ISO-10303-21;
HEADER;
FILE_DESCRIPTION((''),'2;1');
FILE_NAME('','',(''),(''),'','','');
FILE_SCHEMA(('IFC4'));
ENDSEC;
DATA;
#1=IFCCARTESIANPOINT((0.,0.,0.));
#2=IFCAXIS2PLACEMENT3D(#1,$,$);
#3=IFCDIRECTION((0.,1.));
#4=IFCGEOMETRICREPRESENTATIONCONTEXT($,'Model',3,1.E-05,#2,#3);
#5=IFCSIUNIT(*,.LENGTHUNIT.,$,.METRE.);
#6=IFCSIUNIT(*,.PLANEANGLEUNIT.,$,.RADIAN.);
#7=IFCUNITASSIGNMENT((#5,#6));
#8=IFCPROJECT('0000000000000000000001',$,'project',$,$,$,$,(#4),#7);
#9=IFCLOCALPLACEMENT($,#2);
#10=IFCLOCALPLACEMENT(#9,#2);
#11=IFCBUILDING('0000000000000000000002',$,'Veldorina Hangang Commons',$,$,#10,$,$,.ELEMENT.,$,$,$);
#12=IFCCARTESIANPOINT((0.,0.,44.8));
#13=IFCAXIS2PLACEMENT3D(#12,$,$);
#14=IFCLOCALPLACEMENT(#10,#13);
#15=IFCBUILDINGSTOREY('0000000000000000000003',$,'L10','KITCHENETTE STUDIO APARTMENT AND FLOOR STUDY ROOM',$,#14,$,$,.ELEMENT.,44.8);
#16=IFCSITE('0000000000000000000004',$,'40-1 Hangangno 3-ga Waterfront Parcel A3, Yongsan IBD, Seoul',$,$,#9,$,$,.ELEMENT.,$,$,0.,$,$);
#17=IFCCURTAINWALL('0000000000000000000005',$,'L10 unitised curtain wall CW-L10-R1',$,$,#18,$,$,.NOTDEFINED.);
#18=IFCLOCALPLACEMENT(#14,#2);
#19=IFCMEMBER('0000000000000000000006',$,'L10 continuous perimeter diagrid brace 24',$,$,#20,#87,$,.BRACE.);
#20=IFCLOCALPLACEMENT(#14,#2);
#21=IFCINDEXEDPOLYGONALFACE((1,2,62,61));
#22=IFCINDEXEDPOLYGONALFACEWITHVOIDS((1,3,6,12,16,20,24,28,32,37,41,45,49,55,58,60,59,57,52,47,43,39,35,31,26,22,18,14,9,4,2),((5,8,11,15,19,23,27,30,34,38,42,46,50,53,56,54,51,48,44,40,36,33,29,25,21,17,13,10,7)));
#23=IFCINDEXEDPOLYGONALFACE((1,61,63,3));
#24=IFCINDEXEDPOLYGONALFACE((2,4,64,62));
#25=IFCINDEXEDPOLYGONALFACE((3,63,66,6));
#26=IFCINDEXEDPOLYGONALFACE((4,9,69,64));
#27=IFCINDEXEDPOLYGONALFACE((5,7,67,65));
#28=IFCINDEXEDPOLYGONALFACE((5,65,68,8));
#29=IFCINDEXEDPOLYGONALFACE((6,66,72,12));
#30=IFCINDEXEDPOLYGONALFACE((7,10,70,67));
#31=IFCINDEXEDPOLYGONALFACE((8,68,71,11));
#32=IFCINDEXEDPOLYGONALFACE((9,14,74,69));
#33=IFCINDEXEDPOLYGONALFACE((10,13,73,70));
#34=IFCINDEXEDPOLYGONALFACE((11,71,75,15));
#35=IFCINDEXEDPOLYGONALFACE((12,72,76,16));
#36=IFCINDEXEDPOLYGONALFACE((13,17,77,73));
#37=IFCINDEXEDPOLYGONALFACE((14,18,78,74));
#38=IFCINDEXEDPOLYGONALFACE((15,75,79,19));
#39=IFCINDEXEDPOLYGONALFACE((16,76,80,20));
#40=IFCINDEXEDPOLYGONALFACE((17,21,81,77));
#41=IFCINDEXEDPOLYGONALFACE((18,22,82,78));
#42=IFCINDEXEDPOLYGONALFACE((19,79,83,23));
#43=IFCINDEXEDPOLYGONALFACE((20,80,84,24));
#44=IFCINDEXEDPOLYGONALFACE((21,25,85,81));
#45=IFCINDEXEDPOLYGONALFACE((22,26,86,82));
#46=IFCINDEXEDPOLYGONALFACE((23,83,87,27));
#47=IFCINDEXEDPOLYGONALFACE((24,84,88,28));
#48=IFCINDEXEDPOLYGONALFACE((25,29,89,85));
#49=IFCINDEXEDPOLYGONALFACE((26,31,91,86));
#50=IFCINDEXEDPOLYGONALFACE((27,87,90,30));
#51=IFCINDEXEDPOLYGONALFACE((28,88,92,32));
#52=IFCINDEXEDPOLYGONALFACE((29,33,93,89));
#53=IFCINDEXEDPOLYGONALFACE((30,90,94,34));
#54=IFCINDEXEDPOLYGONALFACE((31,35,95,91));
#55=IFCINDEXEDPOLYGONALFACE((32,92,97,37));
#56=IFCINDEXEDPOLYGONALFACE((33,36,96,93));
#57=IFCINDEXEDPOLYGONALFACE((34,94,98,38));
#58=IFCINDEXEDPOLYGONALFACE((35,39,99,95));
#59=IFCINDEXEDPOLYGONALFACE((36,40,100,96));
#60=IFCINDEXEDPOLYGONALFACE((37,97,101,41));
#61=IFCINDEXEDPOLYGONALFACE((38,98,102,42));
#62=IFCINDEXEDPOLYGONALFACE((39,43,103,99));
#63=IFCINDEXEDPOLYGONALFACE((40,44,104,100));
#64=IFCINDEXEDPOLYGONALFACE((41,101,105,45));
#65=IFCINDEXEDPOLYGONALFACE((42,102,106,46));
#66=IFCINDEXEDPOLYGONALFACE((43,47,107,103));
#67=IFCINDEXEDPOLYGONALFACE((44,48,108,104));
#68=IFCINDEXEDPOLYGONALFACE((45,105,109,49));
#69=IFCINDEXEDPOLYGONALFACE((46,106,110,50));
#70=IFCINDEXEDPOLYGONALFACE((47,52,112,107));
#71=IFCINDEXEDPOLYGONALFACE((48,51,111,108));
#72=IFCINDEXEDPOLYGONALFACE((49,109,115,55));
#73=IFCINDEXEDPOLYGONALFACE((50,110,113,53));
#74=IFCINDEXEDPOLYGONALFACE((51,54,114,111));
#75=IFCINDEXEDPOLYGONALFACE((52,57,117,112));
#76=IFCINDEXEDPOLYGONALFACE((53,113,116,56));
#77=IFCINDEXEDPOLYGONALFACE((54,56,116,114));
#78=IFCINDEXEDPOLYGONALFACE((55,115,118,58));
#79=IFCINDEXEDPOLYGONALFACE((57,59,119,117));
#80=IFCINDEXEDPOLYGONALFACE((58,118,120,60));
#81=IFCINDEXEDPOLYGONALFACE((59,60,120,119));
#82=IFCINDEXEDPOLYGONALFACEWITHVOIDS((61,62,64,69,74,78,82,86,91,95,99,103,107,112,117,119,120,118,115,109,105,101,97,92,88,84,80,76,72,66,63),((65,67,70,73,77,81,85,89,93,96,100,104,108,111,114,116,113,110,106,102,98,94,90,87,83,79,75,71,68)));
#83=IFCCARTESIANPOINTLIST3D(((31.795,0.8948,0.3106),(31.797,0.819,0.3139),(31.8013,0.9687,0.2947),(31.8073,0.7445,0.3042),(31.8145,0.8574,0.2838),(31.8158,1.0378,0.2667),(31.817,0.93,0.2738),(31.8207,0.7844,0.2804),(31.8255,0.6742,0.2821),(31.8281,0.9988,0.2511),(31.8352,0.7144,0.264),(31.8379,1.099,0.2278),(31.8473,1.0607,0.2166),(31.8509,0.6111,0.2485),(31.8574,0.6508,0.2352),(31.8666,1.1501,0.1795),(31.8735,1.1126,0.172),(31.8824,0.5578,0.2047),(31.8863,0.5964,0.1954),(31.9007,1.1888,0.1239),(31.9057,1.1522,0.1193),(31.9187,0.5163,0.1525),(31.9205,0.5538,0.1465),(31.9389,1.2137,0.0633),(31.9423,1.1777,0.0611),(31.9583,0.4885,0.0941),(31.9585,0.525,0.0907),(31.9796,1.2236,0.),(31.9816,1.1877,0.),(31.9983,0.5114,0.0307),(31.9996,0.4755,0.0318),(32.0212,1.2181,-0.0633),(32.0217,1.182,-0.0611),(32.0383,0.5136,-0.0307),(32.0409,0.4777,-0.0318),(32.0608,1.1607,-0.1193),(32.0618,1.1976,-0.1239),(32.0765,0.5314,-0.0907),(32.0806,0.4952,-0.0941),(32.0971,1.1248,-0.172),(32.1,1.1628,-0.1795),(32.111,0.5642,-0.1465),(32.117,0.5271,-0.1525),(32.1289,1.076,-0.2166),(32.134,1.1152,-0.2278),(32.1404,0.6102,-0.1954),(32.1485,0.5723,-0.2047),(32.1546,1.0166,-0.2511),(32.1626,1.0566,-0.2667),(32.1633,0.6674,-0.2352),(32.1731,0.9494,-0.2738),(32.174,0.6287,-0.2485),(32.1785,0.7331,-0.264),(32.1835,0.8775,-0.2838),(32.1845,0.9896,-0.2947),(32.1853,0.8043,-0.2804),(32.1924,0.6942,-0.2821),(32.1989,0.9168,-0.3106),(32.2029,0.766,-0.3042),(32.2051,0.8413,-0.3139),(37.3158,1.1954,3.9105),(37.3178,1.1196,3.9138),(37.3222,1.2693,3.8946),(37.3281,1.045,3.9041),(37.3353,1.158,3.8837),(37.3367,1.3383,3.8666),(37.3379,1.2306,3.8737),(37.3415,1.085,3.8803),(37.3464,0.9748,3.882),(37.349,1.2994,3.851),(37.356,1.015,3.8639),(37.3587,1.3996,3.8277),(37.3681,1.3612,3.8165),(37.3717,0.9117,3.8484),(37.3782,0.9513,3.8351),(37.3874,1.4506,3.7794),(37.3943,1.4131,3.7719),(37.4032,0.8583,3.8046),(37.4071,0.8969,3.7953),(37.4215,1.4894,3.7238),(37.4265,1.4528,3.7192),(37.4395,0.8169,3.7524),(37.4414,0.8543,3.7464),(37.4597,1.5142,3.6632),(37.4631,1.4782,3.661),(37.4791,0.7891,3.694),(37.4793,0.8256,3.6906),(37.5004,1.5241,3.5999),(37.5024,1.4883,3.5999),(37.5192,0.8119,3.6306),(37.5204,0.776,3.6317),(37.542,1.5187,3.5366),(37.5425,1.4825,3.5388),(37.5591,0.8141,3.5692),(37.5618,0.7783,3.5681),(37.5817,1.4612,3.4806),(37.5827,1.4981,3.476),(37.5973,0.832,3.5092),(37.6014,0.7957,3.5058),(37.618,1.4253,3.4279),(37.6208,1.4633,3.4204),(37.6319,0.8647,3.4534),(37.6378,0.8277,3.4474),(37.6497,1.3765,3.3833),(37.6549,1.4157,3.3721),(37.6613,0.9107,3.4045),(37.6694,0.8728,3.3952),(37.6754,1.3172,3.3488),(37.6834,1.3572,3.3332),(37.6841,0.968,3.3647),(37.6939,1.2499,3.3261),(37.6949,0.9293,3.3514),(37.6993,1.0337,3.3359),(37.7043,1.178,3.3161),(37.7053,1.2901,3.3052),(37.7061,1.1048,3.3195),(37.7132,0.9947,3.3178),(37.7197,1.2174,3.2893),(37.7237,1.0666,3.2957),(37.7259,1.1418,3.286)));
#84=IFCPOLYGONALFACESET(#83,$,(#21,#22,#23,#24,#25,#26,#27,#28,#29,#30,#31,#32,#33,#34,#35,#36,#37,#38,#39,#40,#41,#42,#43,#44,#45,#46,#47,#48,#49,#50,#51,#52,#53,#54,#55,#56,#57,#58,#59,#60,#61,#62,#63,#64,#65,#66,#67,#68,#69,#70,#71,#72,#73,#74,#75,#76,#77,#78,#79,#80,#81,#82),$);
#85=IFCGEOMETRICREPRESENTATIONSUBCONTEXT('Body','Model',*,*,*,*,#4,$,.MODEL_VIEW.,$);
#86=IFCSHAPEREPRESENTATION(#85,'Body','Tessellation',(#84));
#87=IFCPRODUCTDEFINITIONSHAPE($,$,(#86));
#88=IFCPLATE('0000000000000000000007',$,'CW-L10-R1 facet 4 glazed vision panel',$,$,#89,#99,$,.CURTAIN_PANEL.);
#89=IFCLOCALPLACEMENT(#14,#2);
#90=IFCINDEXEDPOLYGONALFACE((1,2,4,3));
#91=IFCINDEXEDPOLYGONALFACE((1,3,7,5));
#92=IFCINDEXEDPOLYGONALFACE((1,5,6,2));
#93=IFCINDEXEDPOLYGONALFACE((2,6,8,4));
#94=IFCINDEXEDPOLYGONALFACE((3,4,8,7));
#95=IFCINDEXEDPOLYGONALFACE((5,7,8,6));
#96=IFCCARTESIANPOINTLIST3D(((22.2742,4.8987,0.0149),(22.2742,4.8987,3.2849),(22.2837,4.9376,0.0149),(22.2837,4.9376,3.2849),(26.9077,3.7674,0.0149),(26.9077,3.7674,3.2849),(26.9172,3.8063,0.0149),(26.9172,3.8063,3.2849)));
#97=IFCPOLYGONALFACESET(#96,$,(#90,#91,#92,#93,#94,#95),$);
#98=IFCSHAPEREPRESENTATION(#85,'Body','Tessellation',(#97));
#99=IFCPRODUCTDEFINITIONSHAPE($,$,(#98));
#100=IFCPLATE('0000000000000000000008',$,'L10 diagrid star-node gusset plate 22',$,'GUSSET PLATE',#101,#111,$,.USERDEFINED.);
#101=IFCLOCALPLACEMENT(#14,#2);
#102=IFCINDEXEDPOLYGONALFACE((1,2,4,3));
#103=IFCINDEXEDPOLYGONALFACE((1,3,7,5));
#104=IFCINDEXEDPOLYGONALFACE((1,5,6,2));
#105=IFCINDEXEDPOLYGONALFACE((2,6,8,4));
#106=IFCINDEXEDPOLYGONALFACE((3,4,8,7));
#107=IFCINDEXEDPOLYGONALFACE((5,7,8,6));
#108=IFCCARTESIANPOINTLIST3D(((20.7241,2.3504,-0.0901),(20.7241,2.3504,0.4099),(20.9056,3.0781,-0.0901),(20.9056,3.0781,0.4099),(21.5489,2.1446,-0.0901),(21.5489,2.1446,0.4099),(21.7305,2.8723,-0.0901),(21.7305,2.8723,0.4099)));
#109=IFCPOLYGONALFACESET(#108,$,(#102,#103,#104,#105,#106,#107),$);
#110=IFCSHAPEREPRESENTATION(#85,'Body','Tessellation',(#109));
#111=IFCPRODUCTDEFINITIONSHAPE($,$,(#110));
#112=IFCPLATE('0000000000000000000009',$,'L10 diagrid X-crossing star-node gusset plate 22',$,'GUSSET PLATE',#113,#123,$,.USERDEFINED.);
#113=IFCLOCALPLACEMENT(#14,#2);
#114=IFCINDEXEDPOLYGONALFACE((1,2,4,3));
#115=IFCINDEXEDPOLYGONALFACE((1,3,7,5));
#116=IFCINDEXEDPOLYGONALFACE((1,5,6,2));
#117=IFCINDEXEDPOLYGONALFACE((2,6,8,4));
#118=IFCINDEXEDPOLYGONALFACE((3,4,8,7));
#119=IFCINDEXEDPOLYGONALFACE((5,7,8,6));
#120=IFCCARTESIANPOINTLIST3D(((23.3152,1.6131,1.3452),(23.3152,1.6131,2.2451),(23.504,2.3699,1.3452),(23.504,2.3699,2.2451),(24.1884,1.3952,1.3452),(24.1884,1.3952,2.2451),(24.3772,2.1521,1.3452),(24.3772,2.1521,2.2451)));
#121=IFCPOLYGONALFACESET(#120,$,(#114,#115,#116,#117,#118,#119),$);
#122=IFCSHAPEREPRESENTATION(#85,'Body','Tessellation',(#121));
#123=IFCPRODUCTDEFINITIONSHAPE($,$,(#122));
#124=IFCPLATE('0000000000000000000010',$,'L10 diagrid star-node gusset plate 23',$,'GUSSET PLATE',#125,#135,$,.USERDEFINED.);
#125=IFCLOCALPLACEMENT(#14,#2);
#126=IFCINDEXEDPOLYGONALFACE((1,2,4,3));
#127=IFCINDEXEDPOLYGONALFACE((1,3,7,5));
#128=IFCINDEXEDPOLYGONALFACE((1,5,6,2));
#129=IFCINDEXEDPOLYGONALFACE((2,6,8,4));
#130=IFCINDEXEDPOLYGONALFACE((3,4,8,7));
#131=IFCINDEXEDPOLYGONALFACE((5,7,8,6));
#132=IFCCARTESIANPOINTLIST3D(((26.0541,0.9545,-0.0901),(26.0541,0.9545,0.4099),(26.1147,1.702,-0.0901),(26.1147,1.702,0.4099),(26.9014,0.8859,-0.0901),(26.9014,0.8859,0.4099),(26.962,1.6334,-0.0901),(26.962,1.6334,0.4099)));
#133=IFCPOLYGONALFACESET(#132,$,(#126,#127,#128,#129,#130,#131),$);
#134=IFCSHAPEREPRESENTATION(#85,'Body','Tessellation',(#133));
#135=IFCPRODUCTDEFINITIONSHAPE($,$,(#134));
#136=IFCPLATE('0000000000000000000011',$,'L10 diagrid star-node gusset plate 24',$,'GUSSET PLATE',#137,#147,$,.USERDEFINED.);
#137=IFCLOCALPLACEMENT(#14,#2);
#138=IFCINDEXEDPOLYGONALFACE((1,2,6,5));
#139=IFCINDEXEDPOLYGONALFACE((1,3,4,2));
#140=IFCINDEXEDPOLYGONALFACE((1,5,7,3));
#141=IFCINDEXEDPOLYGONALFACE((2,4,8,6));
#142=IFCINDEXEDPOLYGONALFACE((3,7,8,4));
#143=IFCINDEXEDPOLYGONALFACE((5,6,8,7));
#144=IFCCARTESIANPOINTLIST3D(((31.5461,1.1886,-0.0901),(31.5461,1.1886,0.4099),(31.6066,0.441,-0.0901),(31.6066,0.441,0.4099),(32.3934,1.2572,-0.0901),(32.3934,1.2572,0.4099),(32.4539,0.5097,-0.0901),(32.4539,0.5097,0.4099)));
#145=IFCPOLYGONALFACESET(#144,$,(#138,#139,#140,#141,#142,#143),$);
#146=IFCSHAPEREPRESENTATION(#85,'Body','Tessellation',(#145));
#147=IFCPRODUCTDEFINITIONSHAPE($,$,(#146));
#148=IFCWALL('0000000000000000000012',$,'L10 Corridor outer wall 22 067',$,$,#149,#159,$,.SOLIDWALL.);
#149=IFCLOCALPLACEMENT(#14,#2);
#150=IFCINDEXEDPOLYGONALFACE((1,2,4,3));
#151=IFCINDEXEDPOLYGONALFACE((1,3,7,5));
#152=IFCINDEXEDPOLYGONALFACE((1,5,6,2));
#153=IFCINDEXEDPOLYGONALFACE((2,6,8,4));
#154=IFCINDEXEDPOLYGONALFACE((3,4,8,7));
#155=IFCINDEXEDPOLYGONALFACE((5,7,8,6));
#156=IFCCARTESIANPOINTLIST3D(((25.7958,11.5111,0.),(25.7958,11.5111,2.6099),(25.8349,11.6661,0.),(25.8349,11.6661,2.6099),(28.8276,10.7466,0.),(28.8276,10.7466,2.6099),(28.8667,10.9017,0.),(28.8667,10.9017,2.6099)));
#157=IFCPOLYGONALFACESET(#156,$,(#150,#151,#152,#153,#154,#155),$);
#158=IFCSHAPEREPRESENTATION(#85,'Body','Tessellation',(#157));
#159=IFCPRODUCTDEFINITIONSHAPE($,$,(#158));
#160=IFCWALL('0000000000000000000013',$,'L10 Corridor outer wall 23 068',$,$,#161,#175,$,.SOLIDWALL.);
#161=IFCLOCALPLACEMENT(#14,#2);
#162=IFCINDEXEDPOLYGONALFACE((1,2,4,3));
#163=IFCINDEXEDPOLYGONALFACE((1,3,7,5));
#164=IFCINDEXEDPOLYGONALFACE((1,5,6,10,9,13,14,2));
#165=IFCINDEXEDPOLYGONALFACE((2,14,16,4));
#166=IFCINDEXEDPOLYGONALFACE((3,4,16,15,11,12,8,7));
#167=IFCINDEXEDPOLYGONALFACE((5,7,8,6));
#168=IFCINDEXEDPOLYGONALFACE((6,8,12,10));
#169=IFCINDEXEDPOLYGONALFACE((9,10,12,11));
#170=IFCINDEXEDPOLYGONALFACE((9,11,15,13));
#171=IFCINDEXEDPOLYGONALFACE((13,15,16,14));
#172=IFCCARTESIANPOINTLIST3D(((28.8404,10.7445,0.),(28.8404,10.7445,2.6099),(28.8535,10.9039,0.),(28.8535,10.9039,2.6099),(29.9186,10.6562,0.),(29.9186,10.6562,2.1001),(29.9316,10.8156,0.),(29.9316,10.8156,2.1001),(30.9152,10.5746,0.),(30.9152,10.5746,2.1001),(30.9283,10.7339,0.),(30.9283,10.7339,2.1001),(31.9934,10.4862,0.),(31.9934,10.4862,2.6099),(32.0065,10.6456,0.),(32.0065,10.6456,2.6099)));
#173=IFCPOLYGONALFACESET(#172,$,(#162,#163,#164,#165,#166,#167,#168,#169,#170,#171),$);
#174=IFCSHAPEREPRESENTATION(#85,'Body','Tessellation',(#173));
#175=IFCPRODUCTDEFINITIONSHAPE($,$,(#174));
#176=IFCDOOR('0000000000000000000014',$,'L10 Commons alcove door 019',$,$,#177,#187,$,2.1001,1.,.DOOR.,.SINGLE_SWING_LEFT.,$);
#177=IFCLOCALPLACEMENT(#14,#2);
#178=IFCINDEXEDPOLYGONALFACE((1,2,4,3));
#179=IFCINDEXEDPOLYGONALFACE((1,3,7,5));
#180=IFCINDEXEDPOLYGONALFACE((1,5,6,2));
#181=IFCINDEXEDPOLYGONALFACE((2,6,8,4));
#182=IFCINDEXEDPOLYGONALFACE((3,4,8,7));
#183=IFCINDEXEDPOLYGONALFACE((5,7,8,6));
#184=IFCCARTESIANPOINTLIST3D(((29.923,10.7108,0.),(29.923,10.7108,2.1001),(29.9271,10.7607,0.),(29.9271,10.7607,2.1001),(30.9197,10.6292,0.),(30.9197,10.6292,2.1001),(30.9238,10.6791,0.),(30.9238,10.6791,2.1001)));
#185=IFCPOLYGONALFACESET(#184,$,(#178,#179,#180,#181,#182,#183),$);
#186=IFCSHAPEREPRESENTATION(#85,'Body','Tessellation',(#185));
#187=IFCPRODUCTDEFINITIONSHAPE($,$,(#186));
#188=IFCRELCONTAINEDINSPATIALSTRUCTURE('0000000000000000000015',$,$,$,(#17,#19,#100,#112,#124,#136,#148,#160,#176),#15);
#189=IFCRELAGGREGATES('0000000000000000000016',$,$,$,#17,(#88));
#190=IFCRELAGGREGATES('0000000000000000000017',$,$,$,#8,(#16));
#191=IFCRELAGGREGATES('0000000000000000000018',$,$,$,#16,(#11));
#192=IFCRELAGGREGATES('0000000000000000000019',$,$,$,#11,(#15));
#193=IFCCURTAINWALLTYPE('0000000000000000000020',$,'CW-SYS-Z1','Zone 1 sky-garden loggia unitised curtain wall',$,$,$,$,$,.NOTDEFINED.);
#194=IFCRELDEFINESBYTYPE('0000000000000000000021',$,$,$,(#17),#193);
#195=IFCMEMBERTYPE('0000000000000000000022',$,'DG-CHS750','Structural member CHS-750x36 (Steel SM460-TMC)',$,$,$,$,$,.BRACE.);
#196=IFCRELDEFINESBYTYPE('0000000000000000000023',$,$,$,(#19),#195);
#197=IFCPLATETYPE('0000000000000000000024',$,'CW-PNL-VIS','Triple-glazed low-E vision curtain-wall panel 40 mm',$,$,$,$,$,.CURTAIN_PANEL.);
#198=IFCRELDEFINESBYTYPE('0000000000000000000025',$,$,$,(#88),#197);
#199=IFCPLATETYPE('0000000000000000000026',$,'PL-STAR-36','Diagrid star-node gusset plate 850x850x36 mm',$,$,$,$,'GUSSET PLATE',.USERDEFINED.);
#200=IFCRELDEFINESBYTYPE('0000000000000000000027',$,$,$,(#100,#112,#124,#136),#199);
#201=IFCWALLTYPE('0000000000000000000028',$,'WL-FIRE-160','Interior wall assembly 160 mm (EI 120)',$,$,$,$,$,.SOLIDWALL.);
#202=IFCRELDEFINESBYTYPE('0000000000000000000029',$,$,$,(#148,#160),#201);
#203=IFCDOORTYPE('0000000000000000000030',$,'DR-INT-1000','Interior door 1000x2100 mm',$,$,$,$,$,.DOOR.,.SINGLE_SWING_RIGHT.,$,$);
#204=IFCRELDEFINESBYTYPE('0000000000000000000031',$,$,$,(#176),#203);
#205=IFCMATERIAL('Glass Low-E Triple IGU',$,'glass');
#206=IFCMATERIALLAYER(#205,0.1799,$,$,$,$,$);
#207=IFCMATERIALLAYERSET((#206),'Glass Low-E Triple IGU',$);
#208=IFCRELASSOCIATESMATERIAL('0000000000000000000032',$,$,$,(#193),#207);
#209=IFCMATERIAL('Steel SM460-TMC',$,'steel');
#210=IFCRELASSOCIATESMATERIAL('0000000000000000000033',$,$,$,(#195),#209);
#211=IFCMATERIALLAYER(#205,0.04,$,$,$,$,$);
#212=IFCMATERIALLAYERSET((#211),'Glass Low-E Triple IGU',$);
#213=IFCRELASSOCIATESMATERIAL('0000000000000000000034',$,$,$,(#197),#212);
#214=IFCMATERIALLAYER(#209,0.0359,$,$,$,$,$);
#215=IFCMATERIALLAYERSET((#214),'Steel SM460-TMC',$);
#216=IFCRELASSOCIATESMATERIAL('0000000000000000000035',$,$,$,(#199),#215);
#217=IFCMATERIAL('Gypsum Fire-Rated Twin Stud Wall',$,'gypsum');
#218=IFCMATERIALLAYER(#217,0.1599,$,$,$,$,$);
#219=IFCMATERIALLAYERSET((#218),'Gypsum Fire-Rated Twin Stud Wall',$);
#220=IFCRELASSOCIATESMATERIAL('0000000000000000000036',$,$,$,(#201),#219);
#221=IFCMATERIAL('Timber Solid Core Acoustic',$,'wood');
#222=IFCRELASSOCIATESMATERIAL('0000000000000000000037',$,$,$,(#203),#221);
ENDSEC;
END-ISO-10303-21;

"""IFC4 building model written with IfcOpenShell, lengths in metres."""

from ifc_helpers import new_model, si_unit, direction, frame, frame_2d, origin, origin_2d, place, context, subcontext, project, spatial, rectangle, hollow_circle, extrude, material, layer, layer_set, material_profile, profile_set, type_object, element, fill, aggregate, save


model = new_model("IFC4")

# Units and contexts
model_context = context("Model", 3, precision=1e-05, world=origin(), true_north=direction((0.0, 1.0)))
body_context = subcontext(model_context, "Body", "Model", "MODEL_VIEW")
ifc_project = project(units=[si_unit("LENGTHUNIT", "METRE"), si_unit("PLANEANGLEUNIT", "RADIAN")], contexts=[model_context])

# Site, building, storey
site_placement = place(None, origin())
site = spatial("IfcSite", under=ifc_project, at=site_placement, Name="40-1 Hangangno 3-ga Waterfront Parcel A3, Yongsan IBD, Seoul", CompositionType="ELEMENT", RefElevation=0.0)
building_placement = place(site_placement, origin())
building = spatial("IfcBuilding", under=site, at=building_placement, Name="Veldorina Hangang Commons", CompositionType="ELEMENT")
storey_placement = place(building_placement, frame((0.0, 0.0, 44.8)))
storey = spatial("IfcBuildingStorey", under=building, at=storey_placement, Name="L10", Description="KITCHENETTE STUDIO APARTMENT AND FLOOR STUDY ROOM", CompositionType="ELEMENT", Elevation=44.8)

# Shared definitions
ifc_material_1 = material(Name="Steel SM460-TMC", Category="steel")

# Curtain wall
ifc_material_2 = material(Name="Glass Low-E Triple IGU", Category="glass")
ifc_layer_1 = layer(ifc_material_2, 0.1799)
ifc_layer_set_1 = layer_set([ifc_layer_1], Name="Glass Low-E Triple IGU")
curtain_wall_type = type_object("IfcCurtainWallType", Name="CW-SYS-Z1", Description="Zone 1 sky-garden loggia unitised curtain wall", PredefinedType="NOTDEFINED", material=ifc_layer_set_1)
curtain_wall_placement = place(storey_placement, origin())
curtain_wall = element("IfcCurtainWall", 1, at=curtain_wall_placement, inside=storey, type_object=curtain_wall_type, Name="L10 unitised curtain wall CW-L10-R1", PredefinedType="NOTDEFINED")

# Member
ifc_material_profile_1 = material_profile(ifc_material_1, hollow_circle(Radius=0.375, WallThickness=0.0359, at=origin_2d()), Name="CHS-750x36")
ifc_profile_set_1 = profile_set([ifc_material_profile_1], Name="Steel SM460-TMC")
member_type_1 = type_object("IfcMemberType", Name="DG-CHS750", Description="Structural member CHS-750x36 (Steel SM460-TMC)", PredefinedType="BRACE", material=ifc_profile_set_1)
member_1_placement = place(storey_placement, frame((32.0, 0.8491, 0.0), z_axis=(0.836785, 0.045553, 0.545633), x_axis=(-0.054357, 0.998522, 0.0)))
element("IfcMember", 2, at=member_1_placement, inside=storey, type_object=member_type_1, Name="L10 continuous perimeter diagrid brace 24", PredefinedType="BRACE", context=body_context, shape_type="SweptSolid", body=[
    extrude(hollow_circle(Radius=0.375, WallThickness=0.0359, at=origin_2d()), origin(), (0.0, 0.0, 1.0), 6.5977),
])

# Plate
ifc_layer_2 = layer(ifc_material_2, 0.04)
ifc_layer_set_2 = layer_set([ifc_layer_2], Name="Glass Low-E Triple IGU")
plate_type_1 = type_object("IfcPlateType", Name="CW-PNL-VIS", Description="Triple-glazed low-E vision curtain-wall panel 40 mm", PredefinedType="CURTAIN_PANEL", material=ifc_layer_set_2)
plate_1_placement = place(storey_placement, frame((24.5957, 4.3525, 0.0149), z_axis=(0.0, 0.0, 1.0), x_axis=(0.971462, -0.237194, 0.0)))
plate_1 = element("IfcPlate", 3, at=plate_1_placement, type_object=plate_type_1, Name="CW-L10-R1 facet 4 glazed vision panel", PredefinedType="CURTAIN_PANEL", context=body_context, shape_type="SweptSolid", body=[
    extrude(rectangle(XDim=4.7695, YDim=0.04, at=origin_2d()), origin(), (0.0, 0.0, 1.0), 3.27),
])
aggregate(curtain_wall, [plate_1])

# Plates
ifc_layer_3 = layer(ifc_material_1, 0.0359)
ifc_layer_set_3 = layer_set([ifc_layer_3], Name="Steel SM460-TMC")
plate_type_2 = type_object("IfcPlateType", Name="PL-STAR-36", Description="Diagrid star-node gusset plate 850x850x36 mm", ElementType="GUSSET PLATE", PredefinedType="USERDEFINED", material=ifc_layer_set_3)
plate_2_placement = place(storey_placement, frame((21.2273, 2.6113, -0.0901), z_axis=(0.0, 0.0, 1.0), x_axis=(0.970266, -0.24204, 0.0)))
element("IfcPlate", 4, at=plate_2_placement, inside=storey, type_object=plate_type_2, Name="L10 diagrid star-node gusset plate 22", ObjectType="GUSSET PLATE", PredefinedType="USERDEFINED", context=body_context, shape_type="SweptSolid", body=[
    extrude(rectangle(XDim=0.8501, YDim=0.75, at=origin_2d()), origin(), (0.0, 0.0, 1.0), 0.5),
])
plate_3_placement = place(storey_placement, frame((23.8462, 1.8826, 1.3452), z_axis=(0.0, 0.0, 1.0), x_axis=(0.970266, -0.24204, 0.0)))
element("IfcPlate", 5, at=plate_3_placement, inside=storey, type_object=plate_type_2, Name="L10 diagrid X-crossing star-node gusset plate 22", ObjectType="GUSSET PLATE", PredefinedType="USERDEFINED", context=body_context, shape_type="SweptSolid", body=[
    extrude(rectangle(XDim=0.8999, YDim=0.78, at=origin_2d()), origin(), (0.0, 0.0, 1.0), 0.8999),
])
for number, where, z_axis, x_axis, name in (
    (6, (26.5081, 1.2939, -0.0901), (0.0, 0.0, 1.0), (0.996737, -0.080721, 0.0), "L10 diagrid star-node gusset plate 23"),
    (7, (32.0, 0.8491, -0.0901), (0.0, 0.0, 1.0), (0.996737, 0.080721, 0.0), "L10 diagrid star-node gusset plate 24"),
):
    element("IfcPlate", number, at=place(storey_placement, frame(where, z_axis=z_axis, x_axis=x_axis)), inside=storey, type_object=plate_type_2, Name=name, ObjectType="GUSSET PLATE", PredefinedType="USERDEFINED", context=body_context, shape_type="SweptSolid", body=[
        extrude(rectangle(XDim=0.8501, YDim=0.75, at=origin_2d()), origin(), (0.0, 0.0, 1.0), 0.5),
    ])

# Wall
ifc_material_3 = material(Name="Gypsum Fire-Rated Twin Stud Wall", Category="gypsum")
ifc_layer_4 = layer(ifc_material_3, 0.1599)
ifc_layer_set_4 = layer_set([ifc_layer_4], Name="Gypsum Fire-Rated Twin Stud Wall")
wall_type_1 = type_object("IfcWallType", Name="WL-FIRE-160", Description="Interior wall assembly 160 mm (EI 120)", PredefinedType="SOLIDWALL", material=ifc_layer_set_4)
wall_1_placement = place(storey_placement, frame((25.8152, 11.5886, 0.0), z_axis=(0.0, 0.0, 1.0), x_axis=(0.969654, -0.244483, 0.0)))
element("IfcWall", 8, at=wall_1_placement, inside=storey, type_object=wall_type_1, Name="L10 Corridor outer wall 22 067", PredefinedType="SOLIDWALL", context=body_context, shape_type="SweptSolid", body=[
    extrude(rectangle(XDim=3.1267, YDim=0.1599, at=frame_2d((1.5635, 0.0))), origin(), (0.0, 0.0, 1.0), 2.6099),
])

# Wall, opening, door
wall_2_placement = place(storey_placement, frame((28.8469, 10.8242, 0.0), z_axis=(0.0, 0.0, 1.0), x_axis=(0.996661, -0.081647, 0.0)))
wall_2 = element("IfcWall", 9, at=wall_2_placement, inside=storey, type_object=wall_type_1, Name="L10 Corridor outer wall 23 068", PredefinedType="SOLIDWALL", context=body_context, shape_type="SweptSolid", body=[
    extrude(rectangle(XDim=3.1636, YDim=0.1599, at=frame_2d((1.5818, 0.0))), origin(), (0.0, 0.0, 1.0), 2.6099),
])
opening_1_placement = place(wall_2_placement, frame((1.0818, 0.0, 0.0)))
opening_1 = element("IfcOpeningElement", 10, at=opening_1_placement, cuts=wall_2, PredefinedType="OPENING", context=body_context, shape_type="SweptSolid", body=[
    extrude(rectangle(XDim=1.0, YDim=2.1001, at=frame_2d((0.5, 1.05))), frame((0.0, 0.0898, 0.0), z_axis=(0.0, -1.0, 0.0), x_axis=(1.0, 0.0, 0.0)), (0.0, 0.0, 1.0), 0.1799),
])
ifc_material_4 = material(Name="Timber Solid Core Acoustic", Category="wood")
door_type_1 = type_object("IfcDoorType", Name="DR-INT-1000", Description="Interior door 1000x2100 mm", OperationType="SINGLE_SWING_RIGHT", PredefinedType="DOOR", material=ifc_material_4)
door_1_placement = place(opening_1_placement, origin())
door_1 = element("IfcDoor", 11, at=door_1_placement, inside=storey, type_object=door_type_1, Name="L10 Commons alcove door 019", OperationType="SINGLE_SWING_LEFT", OverallHeight=2.1001, OverallWidth=1.0, PredefinedType="DOOR", context=body_context, shape_type="SweptSolid", body=[
    extrude(rectangle(XDim=1.0, YDim=2.1001, at=frame_2d((0.5, 1.05))), frame((0.0, 0.0249, 0.0), z_axis=(0.0, -1.0, 0.0), x_axis=(1.0, 0.0, 0.0)), (0.0, 0.0, 1.0), 0.05),
])
fill(opening_1, door_1)

save(model, "model.ifc")
